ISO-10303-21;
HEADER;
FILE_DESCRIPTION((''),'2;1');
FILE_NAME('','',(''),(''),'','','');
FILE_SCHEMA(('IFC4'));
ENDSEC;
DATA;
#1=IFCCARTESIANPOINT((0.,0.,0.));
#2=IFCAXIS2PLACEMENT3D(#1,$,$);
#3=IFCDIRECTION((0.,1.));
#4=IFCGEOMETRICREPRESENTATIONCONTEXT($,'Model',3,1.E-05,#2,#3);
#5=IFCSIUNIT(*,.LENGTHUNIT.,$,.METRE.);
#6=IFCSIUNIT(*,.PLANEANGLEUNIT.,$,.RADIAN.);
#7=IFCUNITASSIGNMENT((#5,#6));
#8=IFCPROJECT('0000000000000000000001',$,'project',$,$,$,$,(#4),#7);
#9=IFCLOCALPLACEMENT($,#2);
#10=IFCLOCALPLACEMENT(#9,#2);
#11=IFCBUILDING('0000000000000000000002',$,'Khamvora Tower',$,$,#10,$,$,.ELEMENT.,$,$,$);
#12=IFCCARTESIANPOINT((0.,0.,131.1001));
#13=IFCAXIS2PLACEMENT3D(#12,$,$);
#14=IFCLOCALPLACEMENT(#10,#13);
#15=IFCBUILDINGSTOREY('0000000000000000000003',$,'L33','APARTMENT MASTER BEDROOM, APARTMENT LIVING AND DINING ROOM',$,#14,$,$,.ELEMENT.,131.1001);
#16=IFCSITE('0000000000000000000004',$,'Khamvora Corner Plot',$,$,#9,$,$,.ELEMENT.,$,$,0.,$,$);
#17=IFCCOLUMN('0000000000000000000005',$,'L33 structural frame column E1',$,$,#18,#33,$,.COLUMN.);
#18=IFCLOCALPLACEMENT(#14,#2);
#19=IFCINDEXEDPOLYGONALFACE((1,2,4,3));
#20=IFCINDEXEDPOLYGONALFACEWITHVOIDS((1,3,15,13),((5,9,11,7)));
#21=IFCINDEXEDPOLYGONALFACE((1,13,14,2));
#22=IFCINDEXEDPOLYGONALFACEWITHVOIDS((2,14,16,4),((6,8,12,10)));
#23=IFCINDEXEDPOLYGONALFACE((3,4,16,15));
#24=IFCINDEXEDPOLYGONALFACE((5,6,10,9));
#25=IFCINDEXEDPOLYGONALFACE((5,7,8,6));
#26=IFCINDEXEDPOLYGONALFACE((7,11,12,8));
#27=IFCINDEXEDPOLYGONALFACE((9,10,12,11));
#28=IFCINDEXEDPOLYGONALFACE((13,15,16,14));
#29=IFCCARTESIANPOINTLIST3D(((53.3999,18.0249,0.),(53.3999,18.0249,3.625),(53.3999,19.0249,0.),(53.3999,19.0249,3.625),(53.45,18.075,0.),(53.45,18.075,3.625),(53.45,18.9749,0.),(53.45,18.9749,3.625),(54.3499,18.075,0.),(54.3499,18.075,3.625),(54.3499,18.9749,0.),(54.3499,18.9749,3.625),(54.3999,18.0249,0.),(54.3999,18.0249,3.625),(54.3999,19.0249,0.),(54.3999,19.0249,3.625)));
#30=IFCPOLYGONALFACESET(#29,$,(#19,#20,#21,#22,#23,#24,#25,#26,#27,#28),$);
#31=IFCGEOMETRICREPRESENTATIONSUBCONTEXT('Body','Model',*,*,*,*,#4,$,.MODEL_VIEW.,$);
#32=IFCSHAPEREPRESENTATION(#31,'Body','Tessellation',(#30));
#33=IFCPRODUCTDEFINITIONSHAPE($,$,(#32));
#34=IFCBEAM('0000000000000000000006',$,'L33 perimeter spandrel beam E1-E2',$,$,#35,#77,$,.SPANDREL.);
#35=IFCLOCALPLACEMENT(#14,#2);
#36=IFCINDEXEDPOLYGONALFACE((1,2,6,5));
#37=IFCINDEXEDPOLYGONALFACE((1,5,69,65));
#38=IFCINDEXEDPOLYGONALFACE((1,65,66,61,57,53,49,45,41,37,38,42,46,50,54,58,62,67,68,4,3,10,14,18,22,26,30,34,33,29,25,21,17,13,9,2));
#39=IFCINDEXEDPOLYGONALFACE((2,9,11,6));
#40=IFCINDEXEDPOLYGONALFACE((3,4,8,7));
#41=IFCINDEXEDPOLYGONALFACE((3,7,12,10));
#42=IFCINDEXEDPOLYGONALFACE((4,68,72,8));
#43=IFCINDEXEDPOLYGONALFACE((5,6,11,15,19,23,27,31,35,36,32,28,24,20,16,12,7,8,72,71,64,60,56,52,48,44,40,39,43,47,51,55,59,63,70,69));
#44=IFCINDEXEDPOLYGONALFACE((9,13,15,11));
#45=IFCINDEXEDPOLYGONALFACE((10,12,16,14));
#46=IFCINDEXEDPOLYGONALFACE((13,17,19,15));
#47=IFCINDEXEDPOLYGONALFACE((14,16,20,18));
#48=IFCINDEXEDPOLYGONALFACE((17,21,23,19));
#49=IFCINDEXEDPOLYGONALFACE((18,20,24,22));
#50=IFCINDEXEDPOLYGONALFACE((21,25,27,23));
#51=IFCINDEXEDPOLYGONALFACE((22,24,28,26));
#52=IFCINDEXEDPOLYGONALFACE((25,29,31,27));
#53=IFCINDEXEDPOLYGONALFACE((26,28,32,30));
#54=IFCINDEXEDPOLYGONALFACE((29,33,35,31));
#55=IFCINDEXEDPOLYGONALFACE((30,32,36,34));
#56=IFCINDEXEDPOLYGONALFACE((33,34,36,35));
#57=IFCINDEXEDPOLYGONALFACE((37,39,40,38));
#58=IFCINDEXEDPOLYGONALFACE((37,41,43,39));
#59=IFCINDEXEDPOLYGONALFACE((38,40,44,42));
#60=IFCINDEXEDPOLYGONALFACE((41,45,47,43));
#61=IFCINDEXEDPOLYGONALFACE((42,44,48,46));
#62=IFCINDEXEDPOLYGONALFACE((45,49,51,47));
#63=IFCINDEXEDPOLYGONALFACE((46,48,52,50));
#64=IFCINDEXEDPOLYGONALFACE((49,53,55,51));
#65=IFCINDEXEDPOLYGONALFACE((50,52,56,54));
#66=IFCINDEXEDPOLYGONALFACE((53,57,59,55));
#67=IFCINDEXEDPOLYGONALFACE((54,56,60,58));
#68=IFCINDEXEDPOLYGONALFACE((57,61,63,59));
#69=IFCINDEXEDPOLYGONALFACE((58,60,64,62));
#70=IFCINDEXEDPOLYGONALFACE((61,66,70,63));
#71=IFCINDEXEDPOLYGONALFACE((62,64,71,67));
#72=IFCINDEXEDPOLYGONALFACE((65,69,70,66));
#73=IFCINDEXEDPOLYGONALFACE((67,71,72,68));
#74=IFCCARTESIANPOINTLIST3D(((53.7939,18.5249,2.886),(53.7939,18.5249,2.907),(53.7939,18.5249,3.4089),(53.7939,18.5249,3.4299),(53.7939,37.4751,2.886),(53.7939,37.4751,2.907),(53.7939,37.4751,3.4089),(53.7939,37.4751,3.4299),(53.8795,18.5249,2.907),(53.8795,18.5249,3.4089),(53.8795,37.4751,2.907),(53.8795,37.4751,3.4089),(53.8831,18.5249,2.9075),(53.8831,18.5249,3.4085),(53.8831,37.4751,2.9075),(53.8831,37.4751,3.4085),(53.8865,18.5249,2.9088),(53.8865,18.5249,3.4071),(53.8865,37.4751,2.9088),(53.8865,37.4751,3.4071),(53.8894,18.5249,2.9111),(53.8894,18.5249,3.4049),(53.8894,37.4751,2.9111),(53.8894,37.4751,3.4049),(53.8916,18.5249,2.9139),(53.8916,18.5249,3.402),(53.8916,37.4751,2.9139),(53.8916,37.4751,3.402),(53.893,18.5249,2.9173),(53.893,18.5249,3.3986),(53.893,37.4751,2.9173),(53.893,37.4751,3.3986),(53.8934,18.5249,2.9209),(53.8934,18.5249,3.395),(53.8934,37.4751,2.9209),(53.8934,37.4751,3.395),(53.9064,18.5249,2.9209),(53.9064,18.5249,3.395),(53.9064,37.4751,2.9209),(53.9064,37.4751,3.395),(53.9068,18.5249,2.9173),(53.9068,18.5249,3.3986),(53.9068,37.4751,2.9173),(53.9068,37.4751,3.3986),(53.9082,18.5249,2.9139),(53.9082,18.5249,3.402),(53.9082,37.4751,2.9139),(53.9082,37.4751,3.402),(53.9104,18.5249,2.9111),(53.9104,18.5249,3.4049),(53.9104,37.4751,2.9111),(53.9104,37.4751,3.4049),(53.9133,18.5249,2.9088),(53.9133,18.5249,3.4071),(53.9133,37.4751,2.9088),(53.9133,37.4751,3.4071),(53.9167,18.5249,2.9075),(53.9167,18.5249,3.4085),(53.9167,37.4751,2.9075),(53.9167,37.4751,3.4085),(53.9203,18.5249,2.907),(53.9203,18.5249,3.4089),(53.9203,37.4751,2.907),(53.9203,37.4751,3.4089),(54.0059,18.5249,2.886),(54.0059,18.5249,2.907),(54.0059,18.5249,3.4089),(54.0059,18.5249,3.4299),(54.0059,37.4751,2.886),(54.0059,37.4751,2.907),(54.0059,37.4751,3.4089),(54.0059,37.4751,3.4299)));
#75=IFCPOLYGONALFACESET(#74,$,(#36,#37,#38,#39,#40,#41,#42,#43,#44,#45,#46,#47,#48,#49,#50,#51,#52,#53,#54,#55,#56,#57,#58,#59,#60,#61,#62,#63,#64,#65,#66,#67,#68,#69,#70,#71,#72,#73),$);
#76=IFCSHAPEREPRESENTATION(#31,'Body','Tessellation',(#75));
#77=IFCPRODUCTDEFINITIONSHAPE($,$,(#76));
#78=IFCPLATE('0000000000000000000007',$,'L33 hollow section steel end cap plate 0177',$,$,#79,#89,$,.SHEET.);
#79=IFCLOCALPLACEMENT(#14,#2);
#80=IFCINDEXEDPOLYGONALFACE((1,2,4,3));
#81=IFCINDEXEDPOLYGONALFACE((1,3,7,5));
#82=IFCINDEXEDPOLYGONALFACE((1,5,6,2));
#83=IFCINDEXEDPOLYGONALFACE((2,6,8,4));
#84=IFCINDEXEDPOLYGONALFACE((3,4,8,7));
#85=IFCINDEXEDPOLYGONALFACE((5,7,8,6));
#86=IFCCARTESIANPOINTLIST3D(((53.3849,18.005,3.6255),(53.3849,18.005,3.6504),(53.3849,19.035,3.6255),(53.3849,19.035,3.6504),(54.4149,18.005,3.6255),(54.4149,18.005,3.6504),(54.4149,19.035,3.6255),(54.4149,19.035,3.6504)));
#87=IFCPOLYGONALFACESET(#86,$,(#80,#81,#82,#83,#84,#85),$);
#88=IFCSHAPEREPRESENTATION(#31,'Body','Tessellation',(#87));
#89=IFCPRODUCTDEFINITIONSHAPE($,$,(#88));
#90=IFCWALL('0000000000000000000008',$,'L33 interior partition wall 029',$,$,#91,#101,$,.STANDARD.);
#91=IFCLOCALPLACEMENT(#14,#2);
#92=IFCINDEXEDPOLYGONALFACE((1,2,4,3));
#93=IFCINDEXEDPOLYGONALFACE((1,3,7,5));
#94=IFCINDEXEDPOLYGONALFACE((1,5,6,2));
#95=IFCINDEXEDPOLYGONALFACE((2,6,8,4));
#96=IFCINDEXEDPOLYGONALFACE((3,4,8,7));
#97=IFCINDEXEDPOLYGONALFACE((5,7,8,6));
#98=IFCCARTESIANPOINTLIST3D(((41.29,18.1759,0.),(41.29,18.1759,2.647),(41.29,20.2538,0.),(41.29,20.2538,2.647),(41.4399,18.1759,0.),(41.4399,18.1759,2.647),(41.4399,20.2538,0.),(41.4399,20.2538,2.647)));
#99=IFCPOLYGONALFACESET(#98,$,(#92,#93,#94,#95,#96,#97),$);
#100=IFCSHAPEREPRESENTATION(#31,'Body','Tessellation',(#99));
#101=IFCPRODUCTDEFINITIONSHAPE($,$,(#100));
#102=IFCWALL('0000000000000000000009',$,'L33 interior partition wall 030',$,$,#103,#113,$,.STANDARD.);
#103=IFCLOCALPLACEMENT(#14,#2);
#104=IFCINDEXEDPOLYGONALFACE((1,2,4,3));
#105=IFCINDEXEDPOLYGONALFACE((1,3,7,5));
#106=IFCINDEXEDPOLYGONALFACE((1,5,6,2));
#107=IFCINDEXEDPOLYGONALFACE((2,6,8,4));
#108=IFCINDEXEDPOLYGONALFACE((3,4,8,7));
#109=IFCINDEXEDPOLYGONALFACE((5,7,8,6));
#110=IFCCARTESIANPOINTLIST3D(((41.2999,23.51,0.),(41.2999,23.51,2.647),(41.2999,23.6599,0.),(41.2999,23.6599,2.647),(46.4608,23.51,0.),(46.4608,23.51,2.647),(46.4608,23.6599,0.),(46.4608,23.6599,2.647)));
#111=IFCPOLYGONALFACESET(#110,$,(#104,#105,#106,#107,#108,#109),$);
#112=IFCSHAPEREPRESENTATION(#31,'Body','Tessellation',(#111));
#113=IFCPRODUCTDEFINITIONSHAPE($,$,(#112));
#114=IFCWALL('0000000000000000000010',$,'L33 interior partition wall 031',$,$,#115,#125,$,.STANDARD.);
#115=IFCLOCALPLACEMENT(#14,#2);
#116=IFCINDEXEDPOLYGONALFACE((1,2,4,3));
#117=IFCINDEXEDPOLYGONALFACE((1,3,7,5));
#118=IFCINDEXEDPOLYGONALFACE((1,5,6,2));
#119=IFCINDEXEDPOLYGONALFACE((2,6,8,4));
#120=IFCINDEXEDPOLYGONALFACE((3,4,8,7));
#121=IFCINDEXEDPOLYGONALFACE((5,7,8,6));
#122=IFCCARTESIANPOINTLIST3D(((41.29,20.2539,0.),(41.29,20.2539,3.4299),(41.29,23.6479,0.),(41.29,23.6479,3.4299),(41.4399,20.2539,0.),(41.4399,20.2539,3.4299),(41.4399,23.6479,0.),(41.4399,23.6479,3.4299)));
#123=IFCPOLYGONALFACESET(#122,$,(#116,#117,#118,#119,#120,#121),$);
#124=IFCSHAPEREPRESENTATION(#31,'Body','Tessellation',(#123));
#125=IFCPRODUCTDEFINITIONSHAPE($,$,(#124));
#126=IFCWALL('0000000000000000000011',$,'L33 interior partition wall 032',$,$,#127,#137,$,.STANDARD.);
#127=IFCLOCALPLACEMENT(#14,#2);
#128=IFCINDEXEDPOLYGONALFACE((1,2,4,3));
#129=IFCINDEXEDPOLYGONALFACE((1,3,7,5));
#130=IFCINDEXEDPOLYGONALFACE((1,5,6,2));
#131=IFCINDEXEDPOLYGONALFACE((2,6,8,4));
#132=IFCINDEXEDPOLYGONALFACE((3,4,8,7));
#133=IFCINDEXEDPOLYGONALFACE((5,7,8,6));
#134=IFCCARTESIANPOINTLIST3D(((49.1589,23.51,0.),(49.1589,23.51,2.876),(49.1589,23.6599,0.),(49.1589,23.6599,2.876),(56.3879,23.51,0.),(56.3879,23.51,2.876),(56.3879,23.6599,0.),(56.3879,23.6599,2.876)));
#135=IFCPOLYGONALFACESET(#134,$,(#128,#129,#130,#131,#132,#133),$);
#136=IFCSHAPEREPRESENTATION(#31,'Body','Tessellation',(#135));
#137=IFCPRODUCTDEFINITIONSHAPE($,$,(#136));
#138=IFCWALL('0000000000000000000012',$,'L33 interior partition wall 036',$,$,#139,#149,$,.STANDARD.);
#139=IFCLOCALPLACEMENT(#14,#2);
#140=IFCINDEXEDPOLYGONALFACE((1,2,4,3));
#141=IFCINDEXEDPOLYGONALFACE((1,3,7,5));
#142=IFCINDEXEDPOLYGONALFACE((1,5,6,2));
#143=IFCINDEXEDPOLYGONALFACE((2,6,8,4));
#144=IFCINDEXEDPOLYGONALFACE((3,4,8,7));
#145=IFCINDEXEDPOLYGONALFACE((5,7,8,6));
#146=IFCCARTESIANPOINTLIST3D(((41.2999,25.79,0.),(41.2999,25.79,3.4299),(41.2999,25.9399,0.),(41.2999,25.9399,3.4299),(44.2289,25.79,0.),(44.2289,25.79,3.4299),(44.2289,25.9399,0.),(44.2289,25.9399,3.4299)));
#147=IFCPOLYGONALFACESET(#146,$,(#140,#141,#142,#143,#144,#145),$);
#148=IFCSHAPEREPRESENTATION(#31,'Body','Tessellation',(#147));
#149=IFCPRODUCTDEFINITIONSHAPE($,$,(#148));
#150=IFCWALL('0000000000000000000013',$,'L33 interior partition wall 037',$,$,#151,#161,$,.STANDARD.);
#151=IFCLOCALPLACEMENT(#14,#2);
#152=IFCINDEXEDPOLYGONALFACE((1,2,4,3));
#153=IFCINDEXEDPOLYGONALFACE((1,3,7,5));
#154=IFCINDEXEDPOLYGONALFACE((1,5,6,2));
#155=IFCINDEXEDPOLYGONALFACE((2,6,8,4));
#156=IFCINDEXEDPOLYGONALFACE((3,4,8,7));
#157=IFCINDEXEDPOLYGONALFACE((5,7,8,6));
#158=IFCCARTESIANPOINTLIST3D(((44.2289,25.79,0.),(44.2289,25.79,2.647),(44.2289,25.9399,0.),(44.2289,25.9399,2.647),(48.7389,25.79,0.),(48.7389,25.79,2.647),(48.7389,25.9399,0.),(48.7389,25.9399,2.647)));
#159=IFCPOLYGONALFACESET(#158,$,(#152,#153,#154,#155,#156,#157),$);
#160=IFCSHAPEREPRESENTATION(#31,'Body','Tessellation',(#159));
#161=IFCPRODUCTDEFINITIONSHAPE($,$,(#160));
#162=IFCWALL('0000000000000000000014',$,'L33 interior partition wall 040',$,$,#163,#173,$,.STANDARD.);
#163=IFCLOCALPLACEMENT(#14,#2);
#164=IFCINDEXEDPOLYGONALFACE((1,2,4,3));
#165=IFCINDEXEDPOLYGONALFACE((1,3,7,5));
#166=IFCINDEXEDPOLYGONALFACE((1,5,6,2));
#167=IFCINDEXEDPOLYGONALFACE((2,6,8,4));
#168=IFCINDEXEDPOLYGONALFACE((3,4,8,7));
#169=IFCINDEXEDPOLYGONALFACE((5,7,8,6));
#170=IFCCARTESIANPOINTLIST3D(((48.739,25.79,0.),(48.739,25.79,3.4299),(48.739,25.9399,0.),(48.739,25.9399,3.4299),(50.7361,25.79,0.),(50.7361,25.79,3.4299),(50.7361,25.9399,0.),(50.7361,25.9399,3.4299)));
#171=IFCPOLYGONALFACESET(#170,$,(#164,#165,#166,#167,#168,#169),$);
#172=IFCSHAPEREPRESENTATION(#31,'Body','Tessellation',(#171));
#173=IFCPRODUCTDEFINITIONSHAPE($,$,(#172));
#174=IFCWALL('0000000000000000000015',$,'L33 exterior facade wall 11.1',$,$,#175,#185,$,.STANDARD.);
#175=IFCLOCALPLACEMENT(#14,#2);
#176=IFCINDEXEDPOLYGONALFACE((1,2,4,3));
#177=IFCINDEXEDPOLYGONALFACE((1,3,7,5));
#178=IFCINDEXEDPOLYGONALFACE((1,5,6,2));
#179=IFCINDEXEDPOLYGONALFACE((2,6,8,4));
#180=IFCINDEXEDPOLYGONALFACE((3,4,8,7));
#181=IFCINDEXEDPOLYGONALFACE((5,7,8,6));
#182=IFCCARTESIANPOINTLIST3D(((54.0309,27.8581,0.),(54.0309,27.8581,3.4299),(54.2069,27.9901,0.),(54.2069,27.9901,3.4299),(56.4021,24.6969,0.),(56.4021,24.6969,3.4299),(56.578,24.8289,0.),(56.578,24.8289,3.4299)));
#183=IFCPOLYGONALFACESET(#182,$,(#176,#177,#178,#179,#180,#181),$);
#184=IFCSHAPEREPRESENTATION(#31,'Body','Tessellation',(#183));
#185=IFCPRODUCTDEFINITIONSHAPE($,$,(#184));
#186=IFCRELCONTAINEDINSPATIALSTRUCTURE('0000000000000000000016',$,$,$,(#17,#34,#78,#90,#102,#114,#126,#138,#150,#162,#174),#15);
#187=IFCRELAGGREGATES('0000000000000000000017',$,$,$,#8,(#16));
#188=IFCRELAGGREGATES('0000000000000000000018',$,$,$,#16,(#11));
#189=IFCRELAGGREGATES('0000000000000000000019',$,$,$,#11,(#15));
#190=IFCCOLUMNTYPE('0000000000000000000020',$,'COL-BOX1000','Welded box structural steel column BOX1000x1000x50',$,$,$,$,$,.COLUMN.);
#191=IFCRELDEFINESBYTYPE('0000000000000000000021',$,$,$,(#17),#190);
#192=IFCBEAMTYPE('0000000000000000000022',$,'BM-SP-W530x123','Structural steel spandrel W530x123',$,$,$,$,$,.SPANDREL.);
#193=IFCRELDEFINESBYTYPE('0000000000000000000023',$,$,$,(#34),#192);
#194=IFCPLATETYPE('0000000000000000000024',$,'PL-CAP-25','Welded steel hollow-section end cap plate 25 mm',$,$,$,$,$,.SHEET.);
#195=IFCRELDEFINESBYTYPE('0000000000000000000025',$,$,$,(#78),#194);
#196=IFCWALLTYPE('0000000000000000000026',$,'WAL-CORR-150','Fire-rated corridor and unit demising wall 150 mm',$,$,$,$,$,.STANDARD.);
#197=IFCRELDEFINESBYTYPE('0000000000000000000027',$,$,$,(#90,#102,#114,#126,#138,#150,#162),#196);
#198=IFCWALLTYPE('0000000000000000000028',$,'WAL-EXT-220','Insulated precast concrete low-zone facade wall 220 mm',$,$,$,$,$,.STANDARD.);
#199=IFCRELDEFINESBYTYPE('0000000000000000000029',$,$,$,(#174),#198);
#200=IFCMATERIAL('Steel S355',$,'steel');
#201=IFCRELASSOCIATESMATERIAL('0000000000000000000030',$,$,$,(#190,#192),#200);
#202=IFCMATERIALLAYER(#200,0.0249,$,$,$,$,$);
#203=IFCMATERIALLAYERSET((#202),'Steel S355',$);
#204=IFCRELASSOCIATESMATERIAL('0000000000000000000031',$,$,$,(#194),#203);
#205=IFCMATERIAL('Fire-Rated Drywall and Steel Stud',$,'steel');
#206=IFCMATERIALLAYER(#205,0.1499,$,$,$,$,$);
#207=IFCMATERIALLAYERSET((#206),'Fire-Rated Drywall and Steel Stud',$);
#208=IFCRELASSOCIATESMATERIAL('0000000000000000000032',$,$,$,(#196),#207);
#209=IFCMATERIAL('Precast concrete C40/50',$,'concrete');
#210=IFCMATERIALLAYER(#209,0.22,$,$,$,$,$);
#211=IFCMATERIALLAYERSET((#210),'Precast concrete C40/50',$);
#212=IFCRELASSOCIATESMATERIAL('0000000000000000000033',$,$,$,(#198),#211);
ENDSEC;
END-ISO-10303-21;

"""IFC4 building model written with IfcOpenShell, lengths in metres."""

from ifc_helpers import new_model, si_unit, direction, frame, frame_2d, origin, origin_2d, place, context, subcontext, project, spatial, rectangle, hollow_rectangle, i_section, extrude, material, layer, layer_set, material_profile, profile_set, type_object, element, save


model = new_model("IFC4")

# Units and contexts
model_context = context("Model", 3, precision=1e-05, world=origin(), true_north=direction((0.0, 1.0)))
body_context = subcontext(model_context, "Body", "Model", "MODEL_VIEW")
ifc_project = project(units=[si_unit("LENGTHUNIT", "METRE"), si_unit("PLANEANGLEUNIT", "RADIAN")], contexts=[model_context])

# Site, building, storey
site_placement = place(None, origin())
site = spatial("IfcSite", under=ifc_project, at=site_placement, Name="Khamvora Corner Plot", CompositionType="ELEMENT", RefElevation=0.0)
building_placement = place(site_placement, origin())
building = spatial("IfcBuilding", under=site, at=building_placement, Name="Khamvora Tower", CompositionType="ELEMENT")
storey_placement = place(building_placement, frame((0.0, 0.0, 131.1001)))
storey = spatial("IfcBuildingStorey", under=building, at=storey_placement, Name="L33", Description="APARTMENT MASTER BEDROOM, APARTMENT LIVING AND DINING ROOM", CompositionType="ELEMENT", Elevation=131.1001)

# Column
ifc_material_1 = material(Name="Steel S355", Category="steel")
ifc_material_profile_1 = material_profile(ifc_material_1, hollow_rectangle(XDim=1.0, YDim=1.0, WallThickness=0.05, at=origin_2d()), Name="BOX1000x1000x50")
ifc_profile_set_1 = profile_set([ifc_material_profile_1], Name="Steel S355")
column_type = type_object("IfcColumnType", Name="COL-BOX1000", Description="Welded box structural steel column BOX1000x1000x50", PredefinedType="COLUMN", material=ifc_profile_set_1)
column_placement = place(storey_placement, frame((53.8999, 18.5249, 0.0), z_axis=(0.0, 0.0, 1.0), x_axis=(1.0, 0.0, 0.0)))
element("IfcColumn", 1, at=column_placement, inside=storey, type_object=column_type, Name="L33 structural frame column E1", PredefinedType="COLUMN", context=body_context, shape_type="SweptSolid", body=[
    extrude(hollow_rectangle(XDim=1.0, YDim=1.0, WallThickness=0.05, at=origin_2d()), origin(), (0.0, 0.0, 1.0), 3.625),
])

# Beam
ifc_material_profile_2 = material_profile(ifc_material_1, i_section(OverallWidth=0.2119, OverallDepth=0.5439, WebThickness=0.0129, FlangeThickness=0.021, FilletRadius=0.0139, at=origin_2d()), Name="W530x123")
ifc_profile_set_2 = profile_set([ifc_material_profile_2], Name="Steel S355")
beam_type = type_object("IfcBeamType", Name="BM-SP-W530x123", Description="Structural steel spandrel W530x123", PredefinedType="SPANDREL", material=ifc_profile_set_2)
beam_placement = place(storey_placement, frame((53.8999, 18.5249, 3.158), z_axis=(0.0, 1.0, 0.0), x_axis=(-1.0, 0.0, 0.0)))
element("IfcBeam", 2, at=beam_placement, inside=storey, type_object=beam_type, Name="L33 perimeter spandrel beam E1-E2", PredefinedType="SPANDREL", context=body_context, shape_type="SweptSolid", body=[
    extrude(i_section(OverallWidth=0.2119, OverallDepth=0.5439, WebThickness=0.0129, FlangeThickness=0.021, FilletRadius=0.0139, at=origin_2d()), origin(), (0.0, 0.0, 1.0), 18.9502),
])

# Plate
ifc_layer_1 = layer(ifc_material_1, 0.0249)
ifc_layer_set_1 = layer_set([ifc_layer_1], Name="Steel S355")
plate_type = type_object("IfcPlateType", Name="PL-CAP-25", Description="Welded steel hollow-section end cap plate 25 mm", PredefinedType="SHEET", material=ifc_layer_set_1)
plate_placement = place(storey_placement, frame((53.8999, 18.52, 3.6255), z_axis=(0.0, 0.0, 1.0), x_axis=(1.0, 0.0, 0.0)))
element("IfcPlate", 3, at=plate_placement, inside=storey, type_object=plate_type, Name="L33 hollow section steel end cap plate 0177", PredefinedType="SHEET", context=body_context, shape_type="SweptSolid", body=[
    extrude(rectangle(XDim=1.03, YDim=1.03, at=origin_2d()), origin(), (0.0, 0.0, 1.0), 0.0249),
])

# Shared definitions
ifc_material_2 = material(Name="Fire-Rated Drywall and Steel Stud", Category="steel")
ifc_layer_2 = layer(ifc_material_2, 0.1499)
ifc_layer_set_2 = layer_set([ifc_layer_2], Name="Fire-Rated Drywall and Steel Stud")
wall_type_1 = type_object("IfcWallType", Name="WAL-CORR-150", Description="Fire-rated corridor and unit demising wall 150 mm", PredefinedType="STANDARD", material=ifc_layer_set_2)

# Walls
wall_1_placement = place(storey_placement, frame((41.365, 20.2539, 0.0), z_axis=(0.0, 0.0, 1.0), x_axis=(0.0, -1.0, 0.0)))
element("IfcWall", 4, at=wall_1_placement, inside=storey, type_object=wall_type_1, Name="L33 interior partition wall 029", PredefinedType="STANDARD", context=body_context, shape_type="SweptSolid", body=[
    extrude(rectangle(XDim=2.0779, YDim=0.1499, at=frame_2d((1.0391, 0.0))), origin(), (0.0, 0.0, 1.0), 2.647),
])
wall_2_placement = place(storey_placement, frame((46.4609, 23.585, 0.0), z_axis=(0.0, 0.0, 1.0), x_axis=(-1.0, 0.0, 0.0)))
element("IfcWall", 5, at=wall_2_placement, inside=storey, type_object=wall_type_1, Name="L33 interior partition wall 030", PredefinedType="STANDARD", context=body_context, shape_type="SweptSolid", body=[
    extrude(rectangle(XDim=5.1609, YDim=0.1499, at=frame_2d((2.5806, 0.0))), origin(), (0.0, 0.0, 1.0), 2.647),
])
wall_3_placement = place(storey_placement, frame((41.365, 23.6479, 0.0), z_axis=(0.0, 0.0, 1.0), x_axis=(0.0, -1.0, 0.0)))
element("IfcWall", 6, at=wall_3_placement, inside=storey, type_object=wall_type_1, Name="L33 interior partition wall 031", PredefinedType="STANDARD", context=body_context, shape_type="SweptSolid", body=[
    extrude(rectangle(XDim=3.394, YDim=0.1499, at=frame_2d((1.697, 0.0))), origin(), (0.0, 0.0, 1.0), 3.4299),
])
wall_4_placement = place(storey_placement, frame((56.3879, 23.585, 0.0), z_axis=(0.0, 0.0, 1.0), x_axis=(-1.0, 0.0, 0.0)))
element("IfcWall", 7, at=wall_4_placement, inside=storey, type_object=wall_type_1, Name="L33 interior partition wall 032", PredefinedType="STANDARD", context=body_context, shape_type="SweptSolid", body=[
    extrude(rectangle(XDim=7.229, YDim=0.1499, at=frame_2d((3.6145, 0.0))), origin(), (0.0, 0.0, 1.0), 2.876),
])
wall_5_placement = place(storey_placement, frame((41.3, 25.865, 0.0), z_axis=(0.0, 0.0, 1.0), x_axis=(1.0, 0.0, 0.0)))
element("IfcWall", 8, at=wall_5_placement, inside=storey, type_object=wall_type_1, Name="L33 interior partition wall 036", PredefinedType="STANDARD", context=body_context, shape_type="SweptSolid", body=[
    extrude(rectangle(XDim=2.929, YDim=0.1499, at=frame_2d((1.4644, 0.0))), origin(), (0.0, 0.0, 1.0), 3.4299),
])
wall_6_placement = place(storey_placement, frame((44.229, 25.865, 0.0), z_axis=(0.0, 0.0, 1.0), x_axis=(1.0, 0.0, 0.0)))
element("IfcWall", 9, at=wall_6_placement, inside=storey, type_object=wall_type_1, Name="L33 interior partition wall 037", PredefinedType="STANDARD", context=body_context, shape_type="SweptSolid", body=[
    extrude(rectangle(XDim=4.51, YDim=0.1499, at=frame_2d((2.2549, 0.0))), origin(), (0.0, 0.0, 1.0), 2.647),
])

# Walls
wall_7_placement = place(storey_placement, frame((48.739, 25.865, 0.0), z_axis=(0.0, 0.0, 1.0), x_axis=(1.0, 0.0, 0.0)))
element("IfcWall", 10, at=wall_7_placement, inside=storey, type_object=wall_type_1, Name="L33 interior partition wall 040", PredefinedType="STANDARD", context=body_context, shape_type="SweptSolid", body=[
    extrude(rectangle(XDim=1.9971, YDim=0.1499, at=frame_2d((0.9985, 0.0))), origin(), (0.0, 0.0, 1.0), 3.4299),
])
ifc_material_3 = material(Name="Precast concrete C40/50", Category="concrete")
ifc_layer_3 = layer(ifc_material_3, 0.22)
ifc_layer_set_3 = layer_set([ifc_layer_3], Name="Precast concrete C40/50")
wall_type_2 = type_object("IfcWallType", Name="WAL-EXT-220", Description="Insulated precast concrete low-zone facade wall 220 mm", PredefinedType="STANDARD", material=ifc_layer_set_3)
wall_8_placement = place(storey_placement, frame((54.1189, 27.9241, 0.0), z_axis=(0.0, 0.0, 1.0), x_axis=(0.60004, -0.79997, 0.0)))
element("IfcWall", 11, at=wall_8_placement, inside=storey, type_object=wall_type_2, Name="L33 exterior facade wall 11.1", PredefinedType="STANDARD", context=body_context, shape_type="SweptSolid", body=[
    extrude(rectangle(XDim=3.9517, YDim=0.22, at=frame_2d((1.9758, 0.0))), origin(), (0.0, 0.0, 1.0), 3.4299),
])

save(model, "model.ifc")
